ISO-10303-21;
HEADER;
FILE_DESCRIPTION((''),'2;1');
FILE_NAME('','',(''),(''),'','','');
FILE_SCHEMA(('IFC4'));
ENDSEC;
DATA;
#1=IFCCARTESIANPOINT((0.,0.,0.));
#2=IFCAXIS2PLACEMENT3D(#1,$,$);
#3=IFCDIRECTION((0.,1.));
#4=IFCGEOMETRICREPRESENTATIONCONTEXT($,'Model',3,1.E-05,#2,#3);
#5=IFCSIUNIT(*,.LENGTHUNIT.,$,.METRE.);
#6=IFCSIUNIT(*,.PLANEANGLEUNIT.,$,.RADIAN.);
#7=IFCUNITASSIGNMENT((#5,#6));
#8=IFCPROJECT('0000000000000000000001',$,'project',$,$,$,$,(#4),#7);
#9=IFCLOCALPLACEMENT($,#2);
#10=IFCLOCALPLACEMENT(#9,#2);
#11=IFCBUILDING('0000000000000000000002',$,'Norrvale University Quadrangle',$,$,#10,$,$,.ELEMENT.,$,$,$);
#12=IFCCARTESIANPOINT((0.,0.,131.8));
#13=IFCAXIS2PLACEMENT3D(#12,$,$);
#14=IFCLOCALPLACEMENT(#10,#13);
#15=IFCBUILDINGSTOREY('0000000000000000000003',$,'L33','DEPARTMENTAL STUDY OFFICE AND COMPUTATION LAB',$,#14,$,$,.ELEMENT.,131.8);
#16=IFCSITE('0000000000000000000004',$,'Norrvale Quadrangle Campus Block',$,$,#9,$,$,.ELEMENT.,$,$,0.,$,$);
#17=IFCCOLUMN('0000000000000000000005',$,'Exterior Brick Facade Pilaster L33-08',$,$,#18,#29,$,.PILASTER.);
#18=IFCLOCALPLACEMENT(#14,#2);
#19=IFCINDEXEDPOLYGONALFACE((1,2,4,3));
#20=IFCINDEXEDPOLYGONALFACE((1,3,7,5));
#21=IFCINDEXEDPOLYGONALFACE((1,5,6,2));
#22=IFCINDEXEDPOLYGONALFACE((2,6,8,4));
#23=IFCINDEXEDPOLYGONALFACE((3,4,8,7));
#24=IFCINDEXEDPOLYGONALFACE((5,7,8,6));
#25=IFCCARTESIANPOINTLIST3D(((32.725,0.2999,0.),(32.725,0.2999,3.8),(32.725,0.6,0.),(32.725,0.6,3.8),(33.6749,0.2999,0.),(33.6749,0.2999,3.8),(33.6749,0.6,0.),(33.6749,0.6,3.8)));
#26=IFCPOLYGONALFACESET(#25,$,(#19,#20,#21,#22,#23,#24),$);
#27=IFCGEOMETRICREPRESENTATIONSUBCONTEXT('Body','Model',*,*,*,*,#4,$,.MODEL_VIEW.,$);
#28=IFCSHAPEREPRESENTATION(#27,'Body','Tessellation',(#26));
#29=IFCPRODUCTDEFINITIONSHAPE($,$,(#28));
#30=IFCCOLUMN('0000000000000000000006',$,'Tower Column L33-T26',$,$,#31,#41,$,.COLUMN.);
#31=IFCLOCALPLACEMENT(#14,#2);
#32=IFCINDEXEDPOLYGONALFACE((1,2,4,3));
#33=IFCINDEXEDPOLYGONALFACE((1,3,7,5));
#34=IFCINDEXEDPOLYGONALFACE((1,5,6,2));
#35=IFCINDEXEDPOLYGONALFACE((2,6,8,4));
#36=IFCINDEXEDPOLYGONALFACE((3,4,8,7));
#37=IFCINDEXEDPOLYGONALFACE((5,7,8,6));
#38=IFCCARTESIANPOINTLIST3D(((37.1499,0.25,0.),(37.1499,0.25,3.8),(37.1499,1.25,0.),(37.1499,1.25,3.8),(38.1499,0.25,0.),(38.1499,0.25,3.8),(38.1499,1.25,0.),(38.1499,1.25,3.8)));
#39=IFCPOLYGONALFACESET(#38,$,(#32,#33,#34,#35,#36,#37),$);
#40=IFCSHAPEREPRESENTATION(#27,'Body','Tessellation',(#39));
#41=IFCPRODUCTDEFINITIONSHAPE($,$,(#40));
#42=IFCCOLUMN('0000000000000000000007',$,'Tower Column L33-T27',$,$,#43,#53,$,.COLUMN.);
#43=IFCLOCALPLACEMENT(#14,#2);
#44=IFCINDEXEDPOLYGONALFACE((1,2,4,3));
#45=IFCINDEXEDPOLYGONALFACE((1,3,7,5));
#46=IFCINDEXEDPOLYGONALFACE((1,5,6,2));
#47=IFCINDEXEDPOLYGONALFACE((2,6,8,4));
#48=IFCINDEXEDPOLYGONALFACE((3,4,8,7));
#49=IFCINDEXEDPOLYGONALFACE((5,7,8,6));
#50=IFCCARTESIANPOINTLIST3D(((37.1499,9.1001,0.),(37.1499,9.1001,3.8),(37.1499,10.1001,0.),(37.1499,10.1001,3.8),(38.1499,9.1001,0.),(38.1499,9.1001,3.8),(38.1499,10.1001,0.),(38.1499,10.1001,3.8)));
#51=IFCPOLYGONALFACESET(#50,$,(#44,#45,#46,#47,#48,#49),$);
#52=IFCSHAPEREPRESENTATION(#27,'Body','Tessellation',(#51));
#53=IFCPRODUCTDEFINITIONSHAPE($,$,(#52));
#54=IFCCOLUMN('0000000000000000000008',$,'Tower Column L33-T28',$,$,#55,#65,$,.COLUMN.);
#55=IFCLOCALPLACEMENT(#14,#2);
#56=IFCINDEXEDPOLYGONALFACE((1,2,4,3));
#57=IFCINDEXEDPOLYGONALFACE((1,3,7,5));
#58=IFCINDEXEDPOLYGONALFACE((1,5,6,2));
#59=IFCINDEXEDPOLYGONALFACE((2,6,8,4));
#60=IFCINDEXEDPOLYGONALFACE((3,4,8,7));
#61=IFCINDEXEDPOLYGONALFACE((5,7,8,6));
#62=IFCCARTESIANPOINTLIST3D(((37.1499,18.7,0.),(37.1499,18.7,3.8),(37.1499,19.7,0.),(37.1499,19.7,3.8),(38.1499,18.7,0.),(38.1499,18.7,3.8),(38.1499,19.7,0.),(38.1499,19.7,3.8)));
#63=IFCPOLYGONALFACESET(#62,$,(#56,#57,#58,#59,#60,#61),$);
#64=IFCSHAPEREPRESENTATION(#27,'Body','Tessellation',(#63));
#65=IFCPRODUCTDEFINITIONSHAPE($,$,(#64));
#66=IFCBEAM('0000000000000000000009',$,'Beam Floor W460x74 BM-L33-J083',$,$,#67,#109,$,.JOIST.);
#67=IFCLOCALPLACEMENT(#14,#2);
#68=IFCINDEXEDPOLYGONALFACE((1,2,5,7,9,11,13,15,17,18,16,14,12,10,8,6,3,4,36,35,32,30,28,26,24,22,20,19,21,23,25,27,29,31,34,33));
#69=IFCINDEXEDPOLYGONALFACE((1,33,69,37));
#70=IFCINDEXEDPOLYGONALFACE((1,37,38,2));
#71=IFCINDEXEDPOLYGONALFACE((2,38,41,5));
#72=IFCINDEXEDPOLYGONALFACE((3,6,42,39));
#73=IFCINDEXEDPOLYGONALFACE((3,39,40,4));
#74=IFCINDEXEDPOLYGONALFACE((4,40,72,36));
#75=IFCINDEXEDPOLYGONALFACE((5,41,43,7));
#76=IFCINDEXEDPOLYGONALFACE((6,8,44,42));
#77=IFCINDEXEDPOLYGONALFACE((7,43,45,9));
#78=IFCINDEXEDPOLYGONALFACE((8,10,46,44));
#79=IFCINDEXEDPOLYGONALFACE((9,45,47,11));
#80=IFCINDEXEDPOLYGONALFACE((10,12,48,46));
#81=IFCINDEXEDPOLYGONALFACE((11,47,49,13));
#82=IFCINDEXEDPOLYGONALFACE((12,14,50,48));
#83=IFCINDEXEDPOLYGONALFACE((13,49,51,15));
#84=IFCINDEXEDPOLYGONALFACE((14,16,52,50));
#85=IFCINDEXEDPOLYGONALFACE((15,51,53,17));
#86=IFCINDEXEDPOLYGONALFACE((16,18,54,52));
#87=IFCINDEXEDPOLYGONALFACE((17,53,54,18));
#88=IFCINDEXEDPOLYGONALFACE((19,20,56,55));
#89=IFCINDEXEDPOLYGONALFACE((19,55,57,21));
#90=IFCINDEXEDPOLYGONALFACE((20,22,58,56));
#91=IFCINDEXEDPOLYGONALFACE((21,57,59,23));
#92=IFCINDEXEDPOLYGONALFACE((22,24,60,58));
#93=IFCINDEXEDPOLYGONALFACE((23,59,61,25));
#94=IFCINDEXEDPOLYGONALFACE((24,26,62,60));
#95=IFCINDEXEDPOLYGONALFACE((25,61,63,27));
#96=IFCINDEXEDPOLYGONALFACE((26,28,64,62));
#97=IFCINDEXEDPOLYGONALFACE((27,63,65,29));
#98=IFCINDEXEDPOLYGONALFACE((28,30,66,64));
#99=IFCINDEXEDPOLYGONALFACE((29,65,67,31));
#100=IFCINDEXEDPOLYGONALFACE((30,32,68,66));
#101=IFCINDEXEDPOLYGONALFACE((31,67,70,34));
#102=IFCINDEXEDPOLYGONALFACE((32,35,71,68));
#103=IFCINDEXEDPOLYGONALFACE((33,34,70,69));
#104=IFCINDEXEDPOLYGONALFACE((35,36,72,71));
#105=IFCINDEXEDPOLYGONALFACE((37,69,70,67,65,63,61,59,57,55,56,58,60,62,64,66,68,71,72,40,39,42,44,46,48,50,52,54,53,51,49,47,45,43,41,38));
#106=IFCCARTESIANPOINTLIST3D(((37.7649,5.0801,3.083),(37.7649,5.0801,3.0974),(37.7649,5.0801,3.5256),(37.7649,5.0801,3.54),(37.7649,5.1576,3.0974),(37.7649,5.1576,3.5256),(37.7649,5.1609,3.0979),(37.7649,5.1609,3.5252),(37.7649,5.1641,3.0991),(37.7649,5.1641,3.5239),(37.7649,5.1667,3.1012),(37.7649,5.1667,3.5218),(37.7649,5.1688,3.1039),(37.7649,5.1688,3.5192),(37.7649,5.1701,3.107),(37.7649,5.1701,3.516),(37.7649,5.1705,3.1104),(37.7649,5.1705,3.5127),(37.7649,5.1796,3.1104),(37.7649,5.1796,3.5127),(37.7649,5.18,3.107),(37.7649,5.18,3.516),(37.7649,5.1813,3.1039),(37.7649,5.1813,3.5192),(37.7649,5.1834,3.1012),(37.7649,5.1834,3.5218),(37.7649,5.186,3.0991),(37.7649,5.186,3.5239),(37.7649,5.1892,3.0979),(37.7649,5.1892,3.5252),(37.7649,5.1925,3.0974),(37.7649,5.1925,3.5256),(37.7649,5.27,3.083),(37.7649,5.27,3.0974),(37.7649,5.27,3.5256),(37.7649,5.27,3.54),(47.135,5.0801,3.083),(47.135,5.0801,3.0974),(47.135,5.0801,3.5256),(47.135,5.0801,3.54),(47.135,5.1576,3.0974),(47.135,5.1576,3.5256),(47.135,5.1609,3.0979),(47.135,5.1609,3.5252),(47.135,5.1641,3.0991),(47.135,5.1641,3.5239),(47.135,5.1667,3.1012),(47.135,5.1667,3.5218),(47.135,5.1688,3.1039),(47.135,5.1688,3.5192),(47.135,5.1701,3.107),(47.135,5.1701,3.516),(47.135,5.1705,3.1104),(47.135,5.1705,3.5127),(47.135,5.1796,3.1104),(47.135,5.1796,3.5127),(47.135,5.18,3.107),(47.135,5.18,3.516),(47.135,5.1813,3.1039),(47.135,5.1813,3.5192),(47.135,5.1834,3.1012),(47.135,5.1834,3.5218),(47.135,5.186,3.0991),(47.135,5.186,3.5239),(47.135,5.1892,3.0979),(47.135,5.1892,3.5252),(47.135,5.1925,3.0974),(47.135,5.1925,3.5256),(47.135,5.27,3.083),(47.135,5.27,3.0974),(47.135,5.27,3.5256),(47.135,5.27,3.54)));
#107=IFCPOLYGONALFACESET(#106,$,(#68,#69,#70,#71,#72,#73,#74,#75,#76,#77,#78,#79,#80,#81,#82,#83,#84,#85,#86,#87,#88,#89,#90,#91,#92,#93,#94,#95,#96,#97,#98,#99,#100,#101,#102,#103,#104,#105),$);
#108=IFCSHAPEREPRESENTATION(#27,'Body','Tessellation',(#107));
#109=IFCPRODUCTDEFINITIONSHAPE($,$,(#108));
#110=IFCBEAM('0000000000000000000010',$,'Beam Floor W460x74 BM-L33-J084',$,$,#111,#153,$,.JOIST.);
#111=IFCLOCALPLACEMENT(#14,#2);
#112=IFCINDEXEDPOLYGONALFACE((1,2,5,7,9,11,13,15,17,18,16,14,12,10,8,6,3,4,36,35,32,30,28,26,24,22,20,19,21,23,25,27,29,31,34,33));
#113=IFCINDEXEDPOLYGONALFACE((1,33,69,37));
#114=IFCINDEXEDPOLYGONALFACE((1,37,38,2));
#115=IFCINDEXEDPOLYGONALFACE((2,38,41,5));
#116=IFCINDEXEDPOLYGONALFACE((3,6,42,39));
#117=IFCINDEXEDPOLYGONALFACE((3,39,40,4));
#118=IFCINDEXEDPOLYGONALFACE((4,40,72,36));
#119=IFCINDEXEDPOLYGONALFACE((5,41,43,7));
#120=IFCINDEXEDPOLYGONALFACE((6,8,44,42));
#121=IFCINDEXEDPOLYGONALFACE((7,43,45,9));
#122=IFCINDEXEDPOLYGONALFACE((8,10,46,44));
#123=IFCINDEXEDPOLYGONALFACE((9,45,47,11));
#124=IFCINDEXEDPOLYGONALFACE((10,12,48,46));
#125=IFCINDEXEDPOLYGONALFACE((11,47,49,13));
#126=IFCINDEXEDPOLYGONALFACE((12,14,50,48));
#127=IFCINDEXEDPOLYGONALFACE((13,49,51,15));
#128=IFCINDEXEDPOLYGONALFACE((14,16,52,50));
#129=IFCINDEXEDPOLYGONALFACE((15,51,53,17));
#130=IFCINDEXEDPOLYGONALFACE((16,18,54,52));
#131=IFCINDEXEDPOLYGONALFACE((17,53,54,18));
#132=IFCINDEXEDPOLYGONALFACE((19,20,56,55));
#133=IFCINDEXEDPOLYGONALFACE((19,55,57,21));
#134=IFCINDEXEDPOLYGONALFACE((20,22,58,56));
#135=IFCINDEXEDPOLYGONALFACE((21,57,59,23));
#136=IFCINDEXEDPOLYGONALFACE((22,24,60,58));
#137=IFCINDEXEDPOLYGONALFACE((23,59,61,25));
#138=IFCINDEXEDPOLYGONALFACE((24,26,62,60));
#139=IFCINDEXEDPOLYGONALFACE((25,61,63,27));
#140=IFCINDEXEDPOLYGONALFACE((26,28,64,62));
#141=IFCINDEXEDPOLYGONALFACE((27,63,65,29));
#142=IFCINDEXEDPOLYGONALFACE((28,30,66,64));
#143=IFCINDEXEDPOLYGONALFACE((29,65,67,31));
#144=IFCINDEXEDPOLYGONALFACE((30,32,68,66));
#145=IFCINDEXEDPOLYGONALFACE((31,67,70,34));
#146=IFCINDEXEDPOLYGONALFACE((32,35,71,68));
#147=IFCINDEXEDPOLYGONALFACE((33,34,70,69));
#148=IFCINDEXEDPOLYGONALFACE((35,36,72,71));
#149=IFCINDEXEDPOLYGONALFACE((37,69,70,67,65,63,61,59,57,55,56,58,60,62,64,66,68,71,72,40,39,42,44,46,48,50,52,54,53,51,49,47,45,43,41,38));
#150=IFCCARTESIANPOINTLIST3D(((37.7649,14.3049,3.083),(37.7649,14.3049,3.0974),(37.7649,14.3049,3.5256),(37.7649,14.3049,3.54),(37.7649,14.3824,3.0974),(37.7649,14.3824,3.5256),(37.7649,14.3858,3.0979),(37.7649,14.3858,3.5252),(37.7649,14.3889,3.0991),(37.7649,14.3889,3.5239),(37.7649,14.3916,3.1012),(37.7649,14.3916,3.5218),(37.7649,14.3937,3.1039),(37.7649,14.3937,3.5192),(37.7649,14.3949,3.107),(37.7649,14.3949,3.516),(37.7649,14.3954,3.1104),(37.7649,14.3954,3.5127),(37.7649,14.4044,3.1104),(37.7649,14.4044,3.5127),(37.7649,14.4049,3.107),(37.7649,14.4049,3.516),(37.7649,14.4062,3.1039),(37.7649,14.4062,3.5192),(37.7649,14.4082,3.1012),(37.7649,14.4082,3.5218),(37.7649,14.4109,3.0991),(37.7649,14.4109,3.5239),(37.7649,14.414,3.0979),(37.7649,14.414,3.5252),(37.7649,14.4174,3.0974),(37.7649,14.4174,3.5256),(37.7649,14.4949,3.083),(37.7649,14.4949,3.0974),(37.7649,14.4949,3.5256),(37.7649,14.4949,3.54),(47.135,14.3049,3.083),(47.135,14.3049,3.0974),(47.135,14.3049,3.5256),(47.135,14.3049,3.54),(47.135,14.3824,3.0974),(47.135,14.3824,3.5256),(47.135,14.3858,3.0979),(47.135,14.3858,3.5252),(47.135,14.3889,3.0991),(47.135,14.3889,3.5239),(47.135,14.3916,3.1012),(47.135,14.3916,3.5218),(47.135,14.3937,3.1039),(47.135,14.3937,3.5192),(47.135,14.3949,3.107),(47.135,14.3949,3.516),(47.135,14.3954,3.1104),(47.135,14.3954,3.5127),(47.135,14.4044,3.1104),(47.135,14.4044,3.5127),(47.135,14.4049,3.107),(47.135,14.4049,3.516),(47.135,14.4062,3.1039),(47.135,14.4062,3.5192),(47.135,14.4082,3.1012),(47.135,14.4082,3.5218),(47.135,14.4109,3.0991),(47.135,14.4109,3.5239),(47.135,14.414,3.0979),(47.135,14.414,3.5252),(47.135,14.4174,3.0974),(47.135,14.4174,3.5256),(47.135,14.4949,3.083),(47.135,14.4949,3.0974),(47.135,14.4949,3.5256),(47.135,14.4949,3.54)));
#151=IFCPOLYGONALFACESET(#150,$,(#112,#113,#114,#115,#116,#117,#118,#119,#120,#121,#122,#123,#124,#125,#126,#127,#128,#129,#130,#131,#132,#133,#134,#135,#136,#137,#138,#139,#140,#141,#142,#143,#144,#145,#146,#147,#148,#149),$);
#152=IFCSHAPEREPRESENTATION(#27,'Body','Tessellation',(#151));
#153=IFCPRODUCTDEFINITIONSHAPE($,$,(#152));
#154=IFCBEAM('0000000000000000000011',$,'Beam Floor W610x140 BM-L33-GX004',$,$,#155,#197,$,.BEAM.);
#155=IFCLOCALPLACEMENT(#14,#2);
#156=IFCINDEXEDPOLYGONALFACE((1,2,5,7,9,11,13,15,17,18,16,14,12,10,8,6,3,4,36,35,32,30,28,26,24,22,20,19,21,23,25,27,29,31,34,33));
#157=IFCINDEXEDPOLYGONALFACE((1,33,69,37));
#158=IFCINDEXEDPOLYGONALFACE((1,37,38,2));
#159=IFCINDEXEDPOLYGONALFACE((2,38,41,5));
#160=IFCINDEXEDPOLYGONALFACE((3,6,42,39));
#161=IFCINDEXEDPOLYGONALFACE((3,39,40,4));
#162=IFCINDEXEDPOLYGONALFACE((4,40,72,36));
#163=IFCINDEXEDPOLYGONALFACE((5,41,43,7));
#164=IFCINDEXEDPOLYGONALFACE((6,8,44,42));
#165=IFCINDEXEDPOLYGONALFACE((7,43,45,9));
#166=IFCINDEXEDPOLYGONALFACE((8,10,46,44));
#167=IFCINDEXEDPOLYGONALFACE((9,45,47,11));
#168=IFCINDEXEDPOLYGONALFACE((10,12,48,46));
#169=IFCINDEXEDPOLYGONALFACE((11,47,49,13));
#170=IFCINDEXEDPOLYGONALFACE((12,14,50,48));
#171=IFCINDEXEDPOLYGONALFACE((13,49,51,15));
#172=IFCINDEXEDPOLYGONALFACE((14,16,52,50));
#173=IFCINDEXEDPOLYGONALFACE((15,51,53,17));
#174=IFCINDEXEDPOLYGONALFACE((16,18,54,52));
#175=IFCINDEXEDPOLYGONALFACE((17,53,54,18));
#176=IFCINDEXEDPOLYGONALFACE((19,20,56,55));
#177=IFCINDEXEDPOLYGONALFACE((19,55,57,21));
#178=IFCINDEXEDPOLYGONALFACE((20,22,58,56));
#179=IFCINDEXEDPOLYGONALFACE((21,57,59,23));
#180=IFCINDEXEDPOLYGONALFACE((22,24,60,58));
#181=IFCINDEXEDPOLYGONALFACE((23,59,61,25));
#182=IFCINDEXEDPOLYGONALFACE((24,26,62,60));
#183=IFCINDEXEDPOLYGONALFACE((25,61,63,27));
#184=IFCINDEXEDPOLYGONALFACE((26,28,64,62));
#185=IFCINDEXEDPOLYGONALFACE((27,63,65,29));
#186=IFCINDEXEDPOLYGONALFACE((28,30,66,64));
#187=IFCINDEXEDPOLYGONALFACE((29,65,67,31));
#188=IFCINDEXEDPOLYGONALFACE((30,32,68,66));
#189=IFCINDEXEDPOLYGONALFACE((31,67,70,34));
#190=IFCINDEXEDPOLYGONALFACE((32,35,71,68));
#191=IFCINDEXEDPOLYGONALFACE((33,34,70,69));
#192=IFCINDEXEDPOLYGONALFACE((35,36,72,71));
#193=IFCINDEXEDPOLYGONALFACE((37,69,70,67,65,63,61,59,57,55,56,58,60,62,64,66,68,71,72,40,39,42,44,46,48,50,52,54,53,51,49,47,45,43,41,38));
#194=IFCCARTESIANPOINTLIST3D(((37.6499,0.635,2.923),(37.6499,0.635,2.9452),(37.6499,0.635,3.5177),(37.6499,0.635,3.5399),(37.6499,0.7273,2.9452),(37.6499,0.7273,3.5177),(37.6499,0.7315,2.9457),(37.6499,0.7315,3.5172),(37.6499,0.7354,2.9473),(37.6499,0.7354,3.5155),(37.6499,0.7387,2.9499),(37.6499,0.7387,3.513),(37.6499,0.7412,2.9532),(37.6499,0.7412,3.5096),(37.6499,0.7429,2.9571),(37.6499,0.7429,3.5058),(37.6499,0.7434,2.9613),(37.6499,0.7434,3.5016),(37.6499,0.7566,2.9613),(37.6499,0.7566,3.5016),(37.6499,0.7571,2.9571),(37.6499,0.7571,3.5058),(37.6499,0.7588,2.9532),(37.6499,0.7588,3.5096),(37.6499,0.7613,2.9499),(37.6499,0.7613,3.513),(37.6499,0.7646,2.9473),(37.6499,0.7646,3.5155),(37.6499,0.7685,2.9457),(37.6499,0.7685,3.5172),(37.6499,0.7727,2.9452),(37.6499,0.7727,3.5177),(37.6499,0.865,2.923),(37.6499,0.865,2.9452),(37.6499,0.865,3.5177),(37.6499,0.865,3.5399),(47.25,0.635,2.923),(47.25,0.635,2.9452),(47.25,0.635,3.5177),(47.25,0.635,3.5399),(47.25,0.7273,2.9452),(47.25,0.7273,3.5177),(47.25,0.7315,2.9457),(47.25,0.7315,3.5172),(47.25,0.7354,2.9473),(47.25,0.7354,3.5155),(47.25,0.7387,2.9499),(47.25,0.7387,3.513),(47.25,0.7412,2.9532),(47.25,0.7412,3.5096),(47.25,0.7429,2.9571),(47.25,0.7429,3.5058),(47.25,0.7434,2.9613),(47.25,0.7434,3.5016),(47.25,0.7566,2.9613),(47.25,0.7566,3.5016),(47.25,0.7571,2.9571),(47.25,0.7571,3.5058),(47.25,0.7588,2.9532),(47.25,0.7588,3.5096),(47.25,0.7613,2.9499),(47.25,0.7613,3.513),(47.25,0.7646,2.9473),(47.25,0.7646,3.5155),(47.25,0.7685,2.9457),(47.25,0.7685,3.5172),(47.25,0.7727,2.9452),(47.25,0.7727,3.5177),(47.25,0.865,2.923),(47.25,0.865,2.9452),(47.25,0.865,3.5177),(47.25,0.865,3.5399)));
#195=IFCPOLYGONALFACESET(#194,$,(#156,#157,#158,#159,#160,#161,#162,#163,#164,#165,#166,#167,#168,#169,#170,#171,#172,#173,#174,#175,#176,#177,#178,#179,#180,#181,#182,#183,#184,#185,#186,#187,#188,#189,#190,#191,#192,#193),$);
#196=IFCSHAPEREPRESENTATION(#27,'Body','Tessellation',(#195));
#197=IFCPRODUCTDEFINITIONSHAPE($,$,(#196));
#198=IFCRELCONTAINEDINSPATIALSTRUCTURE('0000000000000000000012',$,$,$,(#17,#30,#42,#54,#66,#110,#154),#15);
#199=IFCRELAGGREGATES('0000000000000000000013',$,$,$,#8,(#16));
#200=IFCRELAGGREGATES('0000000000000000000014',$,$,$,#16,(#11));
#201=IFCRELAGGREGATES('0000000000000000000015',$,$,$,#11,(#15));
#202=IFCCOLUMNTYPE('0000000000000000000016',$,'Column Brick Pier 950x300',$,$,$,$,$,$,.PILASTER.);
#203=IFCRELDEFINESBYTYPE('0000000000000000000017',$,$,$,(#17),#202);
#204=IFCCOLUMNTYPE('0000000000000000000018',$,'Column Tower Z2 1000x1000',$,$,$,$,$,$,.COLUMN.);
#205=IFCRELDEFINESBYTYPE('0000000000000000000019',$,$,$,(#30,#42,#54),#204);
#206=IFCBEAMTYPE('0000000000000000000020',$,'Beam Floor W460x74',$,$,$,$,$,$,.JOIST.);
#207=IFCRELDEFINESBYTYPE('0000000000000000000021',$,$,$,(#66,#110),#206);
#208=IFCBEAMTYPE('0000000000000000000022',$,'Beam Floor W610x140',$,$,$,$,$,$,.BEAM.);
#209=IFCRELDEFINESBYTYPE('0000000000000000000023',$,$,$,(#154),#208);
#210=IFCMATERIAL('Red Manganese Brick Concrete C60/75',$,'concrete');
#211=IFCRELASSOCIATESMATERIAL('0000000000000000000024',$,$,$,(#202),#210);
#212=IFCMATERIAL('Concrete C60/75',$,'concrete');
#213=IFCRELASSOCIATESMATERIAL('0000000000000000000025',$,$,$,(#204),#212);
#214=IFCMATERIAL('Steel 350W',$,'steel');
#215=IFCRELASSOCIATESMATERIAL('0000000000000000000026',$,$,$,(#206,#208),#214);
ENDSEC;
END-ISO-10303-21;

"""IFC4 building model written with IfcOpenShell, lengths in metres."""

from ifc_helpers import new_model, si_unit, direction, frame, origin, origin_2d, place, context, subcontext, project, spatial, rectangle, i_section, extrude, material, material_profile, profile_set, type_object, element, save


model = new_model("IFC4")

# Units and contexts
model_context = context("Model", 3, precision=1e-05, world=origin(), true_north=direction((0.0, 1.0)))
body_context = subcontext(model_context, "Body", "Model", "MODEL_VIEW")
ifc_project = project(units=[si_unit("LENGTHUNIT", "METRE"), si_unit("PLANEANGLEUNIT", "RADIAN")], contexts=[model_context])

# Site, building, storey
site_placement = place(None, origin())
site = spatial("IfcSite", under=ifc_project, at=site_placement, Name="Norrvale Quadrangle Campus Block", CompositionType="ELEMENT", RefElevation=0.0)
building_placement = place(site_placement, origin())
building = spatial("IfcBuilding", under=site, at=building_placement, Name="Norrvale University Quadrangle", CompositionType="ELEMENT")
storey_placement = place(building_placement, frame((0.0, 0.0, 131.8)))
storey = spatial("IfcBuildingStorey", under=building, at=storey_placement, Name="L33", Description="DEPARTMENTAL STUDY OFFICE AND COMPUTATION LAB", CompositionType="ELEMENT", Elevation=131.8)

# Columns
ifc_material_1 = material(Name="Red Manganese Brick Concrete C60/75", Category="concrete")
ifc_material_profile_1 = material_profile(ifc_material_1, rectangle(XDim=0.95, YDim=0.3, at=origin_2d()), Name="Red Manganese Brick Concrete C60/75")
ifc_profile_set_1 = profile_set([ifc_material_profile_1], Name="Red Manganese Brick Concrete C60/75")
column_type_1 = type_object("IfcColumnType", Name="Column Brick Pier 950x300", PredefinedType="PILASTER", material=ifc_profile_set_1)
column_placement = place(storey_placement, frame((33.2, 0.45, 0.0), z_axis=(0.0, 0.0, 1.0), x_axis=(1.0, 0.0, 0.0)))
element("IfcColumn", 1, at=column_placement, inside=storey, type_object=column_type_1, Name="Exterior Brick Facade Pilaster L33-08", PredefinedType="PILASTER", context=body_context, shape_type="SweptSolid", body=[
    extrude(rectangle(XDim=0.95, YDim=0.3, at=origin_2d()), origin(), (0.0, 0.0, 1.0), 3.8),
])
ifc_material_2 = material(Name="Concrete C60/75", Category="concrete")
ifc_material_profile_2 = material_profile(ifc_material_2, rectangle(XDim=1.0, YDim=1.0, at=origin_2d()), Name="Concrete C60/75")
ifc_profile_set_2 = profile_set([ifc_material_profile_2], Name="Concrete C60/75")
column_type_2 = type_object("IfcColumnType", Name="Column Tower Z2 1000x1000", PredefinedType="COLUMN", material=ifc_profile_set_2)
for number, where, z_axis, x_axis, name in (
    (2, (37.6499, 0.75, 0.0), (0.0, 0.0, 1.0), (1.0, 0.0, 0.0), "Tower Column L33-T26"),
    (3, (37.6499, 9.6001, 0.0), (0.0, 0.0, 1.0), (1.0, 0.0, 0.0), "Tower Column L33-T27"),
    (4, (37.6499, 19.2, 0.0), (0.0, 0.0, 1.0), (1.0, 0.0, 0.0), "Tower Column L33-T28"),
):
    element("IfcColumn", number, at=place(storey_placement, frame(where, z_axis=z_axis, x_axis=x_axis)), inside=storey, type_object=column_type_2, Name=name, PredefinedType="COLUMN", context=body_context, shape_type="SweptSolid", body=[
        extrude(rectangle(XDim=1.0, YDim=1.0, at=origin_2d()), origin(), (0.0, 0.0, 1.0), 3.8),
    ])

# Beams
ifc_material_3 = material(Name="Steel 350W", Category="steel")
ifc_material_profile_3 = material_profile(ifc_material_3, i_section(OverallWidth=0.1899, OverallDepth=0.457, WebThickness=0.009, FlangeThickness=0.0144, FilletRadius=0.0129, at=origin_2d()), Name="Steel 350W")
ifc_profile_set_3 = profile_set([ifc_material_profile_3], Name="Steel 350W")
beam_type_1 = type_object("IfcBeamType", Name="Beam Floor W460x74", PredefinedType="JOIST", material=ifc_profile_set_3)
for number, where, z_axis, x_axis, name in (
    (5, (37.7649, 5.175, 3.3115), (1.0, 0.0, 0.0), (0.0, 1.0, 0.0), "Beam Floor W460x74 BM-L33-J083"),
    (6, (37.7649, 14.3999, 3.3115), (1.0, 0.0, 0.0), (0.0, 1.0, 0.0), "Beam Floor W460x74 BM-L33-J084"),
):
    element("IfcBeam", number, at=place(storey_placement, frame(where, z_axis=z_axis, x_axis=x_axis)), inside=storey, type_object=beam_type_1, Name=name, PredefinedType="JOIST", context=body_context, shape_type="SweptSolid", body=[
        extrude(i_section(OverallWidth=0.1899, OverallDepth=0.457, WebThickness=0.009, FlangeThickness=0.0144, FilletRadius=0.0129, at=origin_2d()), origin(), (0.0, 0.0, 1.0), 9.3701),
    ])
ifc_material_profile_4 = material_profile(ifc_material_3, i_section(OverallWidth=0.23, OverallDepth=0.6169, WebThickness=0.0132, FlangeThickness=0.0222, FilletRadius=0.0161, at=origin_2d()), Name="Steel 350W")
ifc_profile_set_4 = profile_set([ifc_material_profile_4], Name="Steel 350W")
beam_type_2 = type_object("IfcBeamType", Name="Beam Floor W610x140", PredefinedType="BEAM", material=ifc_profile_set_4)
for number, where, z_axis, x_axis, name in (
    (7, (37.6499, 0.75, 3.2314), (1.0, 0.0, 0.0), (0.0, 1.0, 0.0), "Beam Floor W610x140 BM-L33-GX004"),
):
    element("IfcBeam", number, at=place(storey_placement, frame(where, z_axis=z_axis, x_axis=x_axis)), inside=storey, type_object=beam_type_2, Name=name, PredefinedType="BEAM", context=body_context, shape_type="SweptSolid", body=[
        extrude(i_section(OverallWidth=0.23, OverallDepth=0.6169, WebThickness=0.0132, FlangeThickness=0.0222, FilletRadius=0.0161, at=origin_2d()), origin(), (0.0, 0.0, 1.0), 9.6001),
    ])

save(model, "model.ifc")
